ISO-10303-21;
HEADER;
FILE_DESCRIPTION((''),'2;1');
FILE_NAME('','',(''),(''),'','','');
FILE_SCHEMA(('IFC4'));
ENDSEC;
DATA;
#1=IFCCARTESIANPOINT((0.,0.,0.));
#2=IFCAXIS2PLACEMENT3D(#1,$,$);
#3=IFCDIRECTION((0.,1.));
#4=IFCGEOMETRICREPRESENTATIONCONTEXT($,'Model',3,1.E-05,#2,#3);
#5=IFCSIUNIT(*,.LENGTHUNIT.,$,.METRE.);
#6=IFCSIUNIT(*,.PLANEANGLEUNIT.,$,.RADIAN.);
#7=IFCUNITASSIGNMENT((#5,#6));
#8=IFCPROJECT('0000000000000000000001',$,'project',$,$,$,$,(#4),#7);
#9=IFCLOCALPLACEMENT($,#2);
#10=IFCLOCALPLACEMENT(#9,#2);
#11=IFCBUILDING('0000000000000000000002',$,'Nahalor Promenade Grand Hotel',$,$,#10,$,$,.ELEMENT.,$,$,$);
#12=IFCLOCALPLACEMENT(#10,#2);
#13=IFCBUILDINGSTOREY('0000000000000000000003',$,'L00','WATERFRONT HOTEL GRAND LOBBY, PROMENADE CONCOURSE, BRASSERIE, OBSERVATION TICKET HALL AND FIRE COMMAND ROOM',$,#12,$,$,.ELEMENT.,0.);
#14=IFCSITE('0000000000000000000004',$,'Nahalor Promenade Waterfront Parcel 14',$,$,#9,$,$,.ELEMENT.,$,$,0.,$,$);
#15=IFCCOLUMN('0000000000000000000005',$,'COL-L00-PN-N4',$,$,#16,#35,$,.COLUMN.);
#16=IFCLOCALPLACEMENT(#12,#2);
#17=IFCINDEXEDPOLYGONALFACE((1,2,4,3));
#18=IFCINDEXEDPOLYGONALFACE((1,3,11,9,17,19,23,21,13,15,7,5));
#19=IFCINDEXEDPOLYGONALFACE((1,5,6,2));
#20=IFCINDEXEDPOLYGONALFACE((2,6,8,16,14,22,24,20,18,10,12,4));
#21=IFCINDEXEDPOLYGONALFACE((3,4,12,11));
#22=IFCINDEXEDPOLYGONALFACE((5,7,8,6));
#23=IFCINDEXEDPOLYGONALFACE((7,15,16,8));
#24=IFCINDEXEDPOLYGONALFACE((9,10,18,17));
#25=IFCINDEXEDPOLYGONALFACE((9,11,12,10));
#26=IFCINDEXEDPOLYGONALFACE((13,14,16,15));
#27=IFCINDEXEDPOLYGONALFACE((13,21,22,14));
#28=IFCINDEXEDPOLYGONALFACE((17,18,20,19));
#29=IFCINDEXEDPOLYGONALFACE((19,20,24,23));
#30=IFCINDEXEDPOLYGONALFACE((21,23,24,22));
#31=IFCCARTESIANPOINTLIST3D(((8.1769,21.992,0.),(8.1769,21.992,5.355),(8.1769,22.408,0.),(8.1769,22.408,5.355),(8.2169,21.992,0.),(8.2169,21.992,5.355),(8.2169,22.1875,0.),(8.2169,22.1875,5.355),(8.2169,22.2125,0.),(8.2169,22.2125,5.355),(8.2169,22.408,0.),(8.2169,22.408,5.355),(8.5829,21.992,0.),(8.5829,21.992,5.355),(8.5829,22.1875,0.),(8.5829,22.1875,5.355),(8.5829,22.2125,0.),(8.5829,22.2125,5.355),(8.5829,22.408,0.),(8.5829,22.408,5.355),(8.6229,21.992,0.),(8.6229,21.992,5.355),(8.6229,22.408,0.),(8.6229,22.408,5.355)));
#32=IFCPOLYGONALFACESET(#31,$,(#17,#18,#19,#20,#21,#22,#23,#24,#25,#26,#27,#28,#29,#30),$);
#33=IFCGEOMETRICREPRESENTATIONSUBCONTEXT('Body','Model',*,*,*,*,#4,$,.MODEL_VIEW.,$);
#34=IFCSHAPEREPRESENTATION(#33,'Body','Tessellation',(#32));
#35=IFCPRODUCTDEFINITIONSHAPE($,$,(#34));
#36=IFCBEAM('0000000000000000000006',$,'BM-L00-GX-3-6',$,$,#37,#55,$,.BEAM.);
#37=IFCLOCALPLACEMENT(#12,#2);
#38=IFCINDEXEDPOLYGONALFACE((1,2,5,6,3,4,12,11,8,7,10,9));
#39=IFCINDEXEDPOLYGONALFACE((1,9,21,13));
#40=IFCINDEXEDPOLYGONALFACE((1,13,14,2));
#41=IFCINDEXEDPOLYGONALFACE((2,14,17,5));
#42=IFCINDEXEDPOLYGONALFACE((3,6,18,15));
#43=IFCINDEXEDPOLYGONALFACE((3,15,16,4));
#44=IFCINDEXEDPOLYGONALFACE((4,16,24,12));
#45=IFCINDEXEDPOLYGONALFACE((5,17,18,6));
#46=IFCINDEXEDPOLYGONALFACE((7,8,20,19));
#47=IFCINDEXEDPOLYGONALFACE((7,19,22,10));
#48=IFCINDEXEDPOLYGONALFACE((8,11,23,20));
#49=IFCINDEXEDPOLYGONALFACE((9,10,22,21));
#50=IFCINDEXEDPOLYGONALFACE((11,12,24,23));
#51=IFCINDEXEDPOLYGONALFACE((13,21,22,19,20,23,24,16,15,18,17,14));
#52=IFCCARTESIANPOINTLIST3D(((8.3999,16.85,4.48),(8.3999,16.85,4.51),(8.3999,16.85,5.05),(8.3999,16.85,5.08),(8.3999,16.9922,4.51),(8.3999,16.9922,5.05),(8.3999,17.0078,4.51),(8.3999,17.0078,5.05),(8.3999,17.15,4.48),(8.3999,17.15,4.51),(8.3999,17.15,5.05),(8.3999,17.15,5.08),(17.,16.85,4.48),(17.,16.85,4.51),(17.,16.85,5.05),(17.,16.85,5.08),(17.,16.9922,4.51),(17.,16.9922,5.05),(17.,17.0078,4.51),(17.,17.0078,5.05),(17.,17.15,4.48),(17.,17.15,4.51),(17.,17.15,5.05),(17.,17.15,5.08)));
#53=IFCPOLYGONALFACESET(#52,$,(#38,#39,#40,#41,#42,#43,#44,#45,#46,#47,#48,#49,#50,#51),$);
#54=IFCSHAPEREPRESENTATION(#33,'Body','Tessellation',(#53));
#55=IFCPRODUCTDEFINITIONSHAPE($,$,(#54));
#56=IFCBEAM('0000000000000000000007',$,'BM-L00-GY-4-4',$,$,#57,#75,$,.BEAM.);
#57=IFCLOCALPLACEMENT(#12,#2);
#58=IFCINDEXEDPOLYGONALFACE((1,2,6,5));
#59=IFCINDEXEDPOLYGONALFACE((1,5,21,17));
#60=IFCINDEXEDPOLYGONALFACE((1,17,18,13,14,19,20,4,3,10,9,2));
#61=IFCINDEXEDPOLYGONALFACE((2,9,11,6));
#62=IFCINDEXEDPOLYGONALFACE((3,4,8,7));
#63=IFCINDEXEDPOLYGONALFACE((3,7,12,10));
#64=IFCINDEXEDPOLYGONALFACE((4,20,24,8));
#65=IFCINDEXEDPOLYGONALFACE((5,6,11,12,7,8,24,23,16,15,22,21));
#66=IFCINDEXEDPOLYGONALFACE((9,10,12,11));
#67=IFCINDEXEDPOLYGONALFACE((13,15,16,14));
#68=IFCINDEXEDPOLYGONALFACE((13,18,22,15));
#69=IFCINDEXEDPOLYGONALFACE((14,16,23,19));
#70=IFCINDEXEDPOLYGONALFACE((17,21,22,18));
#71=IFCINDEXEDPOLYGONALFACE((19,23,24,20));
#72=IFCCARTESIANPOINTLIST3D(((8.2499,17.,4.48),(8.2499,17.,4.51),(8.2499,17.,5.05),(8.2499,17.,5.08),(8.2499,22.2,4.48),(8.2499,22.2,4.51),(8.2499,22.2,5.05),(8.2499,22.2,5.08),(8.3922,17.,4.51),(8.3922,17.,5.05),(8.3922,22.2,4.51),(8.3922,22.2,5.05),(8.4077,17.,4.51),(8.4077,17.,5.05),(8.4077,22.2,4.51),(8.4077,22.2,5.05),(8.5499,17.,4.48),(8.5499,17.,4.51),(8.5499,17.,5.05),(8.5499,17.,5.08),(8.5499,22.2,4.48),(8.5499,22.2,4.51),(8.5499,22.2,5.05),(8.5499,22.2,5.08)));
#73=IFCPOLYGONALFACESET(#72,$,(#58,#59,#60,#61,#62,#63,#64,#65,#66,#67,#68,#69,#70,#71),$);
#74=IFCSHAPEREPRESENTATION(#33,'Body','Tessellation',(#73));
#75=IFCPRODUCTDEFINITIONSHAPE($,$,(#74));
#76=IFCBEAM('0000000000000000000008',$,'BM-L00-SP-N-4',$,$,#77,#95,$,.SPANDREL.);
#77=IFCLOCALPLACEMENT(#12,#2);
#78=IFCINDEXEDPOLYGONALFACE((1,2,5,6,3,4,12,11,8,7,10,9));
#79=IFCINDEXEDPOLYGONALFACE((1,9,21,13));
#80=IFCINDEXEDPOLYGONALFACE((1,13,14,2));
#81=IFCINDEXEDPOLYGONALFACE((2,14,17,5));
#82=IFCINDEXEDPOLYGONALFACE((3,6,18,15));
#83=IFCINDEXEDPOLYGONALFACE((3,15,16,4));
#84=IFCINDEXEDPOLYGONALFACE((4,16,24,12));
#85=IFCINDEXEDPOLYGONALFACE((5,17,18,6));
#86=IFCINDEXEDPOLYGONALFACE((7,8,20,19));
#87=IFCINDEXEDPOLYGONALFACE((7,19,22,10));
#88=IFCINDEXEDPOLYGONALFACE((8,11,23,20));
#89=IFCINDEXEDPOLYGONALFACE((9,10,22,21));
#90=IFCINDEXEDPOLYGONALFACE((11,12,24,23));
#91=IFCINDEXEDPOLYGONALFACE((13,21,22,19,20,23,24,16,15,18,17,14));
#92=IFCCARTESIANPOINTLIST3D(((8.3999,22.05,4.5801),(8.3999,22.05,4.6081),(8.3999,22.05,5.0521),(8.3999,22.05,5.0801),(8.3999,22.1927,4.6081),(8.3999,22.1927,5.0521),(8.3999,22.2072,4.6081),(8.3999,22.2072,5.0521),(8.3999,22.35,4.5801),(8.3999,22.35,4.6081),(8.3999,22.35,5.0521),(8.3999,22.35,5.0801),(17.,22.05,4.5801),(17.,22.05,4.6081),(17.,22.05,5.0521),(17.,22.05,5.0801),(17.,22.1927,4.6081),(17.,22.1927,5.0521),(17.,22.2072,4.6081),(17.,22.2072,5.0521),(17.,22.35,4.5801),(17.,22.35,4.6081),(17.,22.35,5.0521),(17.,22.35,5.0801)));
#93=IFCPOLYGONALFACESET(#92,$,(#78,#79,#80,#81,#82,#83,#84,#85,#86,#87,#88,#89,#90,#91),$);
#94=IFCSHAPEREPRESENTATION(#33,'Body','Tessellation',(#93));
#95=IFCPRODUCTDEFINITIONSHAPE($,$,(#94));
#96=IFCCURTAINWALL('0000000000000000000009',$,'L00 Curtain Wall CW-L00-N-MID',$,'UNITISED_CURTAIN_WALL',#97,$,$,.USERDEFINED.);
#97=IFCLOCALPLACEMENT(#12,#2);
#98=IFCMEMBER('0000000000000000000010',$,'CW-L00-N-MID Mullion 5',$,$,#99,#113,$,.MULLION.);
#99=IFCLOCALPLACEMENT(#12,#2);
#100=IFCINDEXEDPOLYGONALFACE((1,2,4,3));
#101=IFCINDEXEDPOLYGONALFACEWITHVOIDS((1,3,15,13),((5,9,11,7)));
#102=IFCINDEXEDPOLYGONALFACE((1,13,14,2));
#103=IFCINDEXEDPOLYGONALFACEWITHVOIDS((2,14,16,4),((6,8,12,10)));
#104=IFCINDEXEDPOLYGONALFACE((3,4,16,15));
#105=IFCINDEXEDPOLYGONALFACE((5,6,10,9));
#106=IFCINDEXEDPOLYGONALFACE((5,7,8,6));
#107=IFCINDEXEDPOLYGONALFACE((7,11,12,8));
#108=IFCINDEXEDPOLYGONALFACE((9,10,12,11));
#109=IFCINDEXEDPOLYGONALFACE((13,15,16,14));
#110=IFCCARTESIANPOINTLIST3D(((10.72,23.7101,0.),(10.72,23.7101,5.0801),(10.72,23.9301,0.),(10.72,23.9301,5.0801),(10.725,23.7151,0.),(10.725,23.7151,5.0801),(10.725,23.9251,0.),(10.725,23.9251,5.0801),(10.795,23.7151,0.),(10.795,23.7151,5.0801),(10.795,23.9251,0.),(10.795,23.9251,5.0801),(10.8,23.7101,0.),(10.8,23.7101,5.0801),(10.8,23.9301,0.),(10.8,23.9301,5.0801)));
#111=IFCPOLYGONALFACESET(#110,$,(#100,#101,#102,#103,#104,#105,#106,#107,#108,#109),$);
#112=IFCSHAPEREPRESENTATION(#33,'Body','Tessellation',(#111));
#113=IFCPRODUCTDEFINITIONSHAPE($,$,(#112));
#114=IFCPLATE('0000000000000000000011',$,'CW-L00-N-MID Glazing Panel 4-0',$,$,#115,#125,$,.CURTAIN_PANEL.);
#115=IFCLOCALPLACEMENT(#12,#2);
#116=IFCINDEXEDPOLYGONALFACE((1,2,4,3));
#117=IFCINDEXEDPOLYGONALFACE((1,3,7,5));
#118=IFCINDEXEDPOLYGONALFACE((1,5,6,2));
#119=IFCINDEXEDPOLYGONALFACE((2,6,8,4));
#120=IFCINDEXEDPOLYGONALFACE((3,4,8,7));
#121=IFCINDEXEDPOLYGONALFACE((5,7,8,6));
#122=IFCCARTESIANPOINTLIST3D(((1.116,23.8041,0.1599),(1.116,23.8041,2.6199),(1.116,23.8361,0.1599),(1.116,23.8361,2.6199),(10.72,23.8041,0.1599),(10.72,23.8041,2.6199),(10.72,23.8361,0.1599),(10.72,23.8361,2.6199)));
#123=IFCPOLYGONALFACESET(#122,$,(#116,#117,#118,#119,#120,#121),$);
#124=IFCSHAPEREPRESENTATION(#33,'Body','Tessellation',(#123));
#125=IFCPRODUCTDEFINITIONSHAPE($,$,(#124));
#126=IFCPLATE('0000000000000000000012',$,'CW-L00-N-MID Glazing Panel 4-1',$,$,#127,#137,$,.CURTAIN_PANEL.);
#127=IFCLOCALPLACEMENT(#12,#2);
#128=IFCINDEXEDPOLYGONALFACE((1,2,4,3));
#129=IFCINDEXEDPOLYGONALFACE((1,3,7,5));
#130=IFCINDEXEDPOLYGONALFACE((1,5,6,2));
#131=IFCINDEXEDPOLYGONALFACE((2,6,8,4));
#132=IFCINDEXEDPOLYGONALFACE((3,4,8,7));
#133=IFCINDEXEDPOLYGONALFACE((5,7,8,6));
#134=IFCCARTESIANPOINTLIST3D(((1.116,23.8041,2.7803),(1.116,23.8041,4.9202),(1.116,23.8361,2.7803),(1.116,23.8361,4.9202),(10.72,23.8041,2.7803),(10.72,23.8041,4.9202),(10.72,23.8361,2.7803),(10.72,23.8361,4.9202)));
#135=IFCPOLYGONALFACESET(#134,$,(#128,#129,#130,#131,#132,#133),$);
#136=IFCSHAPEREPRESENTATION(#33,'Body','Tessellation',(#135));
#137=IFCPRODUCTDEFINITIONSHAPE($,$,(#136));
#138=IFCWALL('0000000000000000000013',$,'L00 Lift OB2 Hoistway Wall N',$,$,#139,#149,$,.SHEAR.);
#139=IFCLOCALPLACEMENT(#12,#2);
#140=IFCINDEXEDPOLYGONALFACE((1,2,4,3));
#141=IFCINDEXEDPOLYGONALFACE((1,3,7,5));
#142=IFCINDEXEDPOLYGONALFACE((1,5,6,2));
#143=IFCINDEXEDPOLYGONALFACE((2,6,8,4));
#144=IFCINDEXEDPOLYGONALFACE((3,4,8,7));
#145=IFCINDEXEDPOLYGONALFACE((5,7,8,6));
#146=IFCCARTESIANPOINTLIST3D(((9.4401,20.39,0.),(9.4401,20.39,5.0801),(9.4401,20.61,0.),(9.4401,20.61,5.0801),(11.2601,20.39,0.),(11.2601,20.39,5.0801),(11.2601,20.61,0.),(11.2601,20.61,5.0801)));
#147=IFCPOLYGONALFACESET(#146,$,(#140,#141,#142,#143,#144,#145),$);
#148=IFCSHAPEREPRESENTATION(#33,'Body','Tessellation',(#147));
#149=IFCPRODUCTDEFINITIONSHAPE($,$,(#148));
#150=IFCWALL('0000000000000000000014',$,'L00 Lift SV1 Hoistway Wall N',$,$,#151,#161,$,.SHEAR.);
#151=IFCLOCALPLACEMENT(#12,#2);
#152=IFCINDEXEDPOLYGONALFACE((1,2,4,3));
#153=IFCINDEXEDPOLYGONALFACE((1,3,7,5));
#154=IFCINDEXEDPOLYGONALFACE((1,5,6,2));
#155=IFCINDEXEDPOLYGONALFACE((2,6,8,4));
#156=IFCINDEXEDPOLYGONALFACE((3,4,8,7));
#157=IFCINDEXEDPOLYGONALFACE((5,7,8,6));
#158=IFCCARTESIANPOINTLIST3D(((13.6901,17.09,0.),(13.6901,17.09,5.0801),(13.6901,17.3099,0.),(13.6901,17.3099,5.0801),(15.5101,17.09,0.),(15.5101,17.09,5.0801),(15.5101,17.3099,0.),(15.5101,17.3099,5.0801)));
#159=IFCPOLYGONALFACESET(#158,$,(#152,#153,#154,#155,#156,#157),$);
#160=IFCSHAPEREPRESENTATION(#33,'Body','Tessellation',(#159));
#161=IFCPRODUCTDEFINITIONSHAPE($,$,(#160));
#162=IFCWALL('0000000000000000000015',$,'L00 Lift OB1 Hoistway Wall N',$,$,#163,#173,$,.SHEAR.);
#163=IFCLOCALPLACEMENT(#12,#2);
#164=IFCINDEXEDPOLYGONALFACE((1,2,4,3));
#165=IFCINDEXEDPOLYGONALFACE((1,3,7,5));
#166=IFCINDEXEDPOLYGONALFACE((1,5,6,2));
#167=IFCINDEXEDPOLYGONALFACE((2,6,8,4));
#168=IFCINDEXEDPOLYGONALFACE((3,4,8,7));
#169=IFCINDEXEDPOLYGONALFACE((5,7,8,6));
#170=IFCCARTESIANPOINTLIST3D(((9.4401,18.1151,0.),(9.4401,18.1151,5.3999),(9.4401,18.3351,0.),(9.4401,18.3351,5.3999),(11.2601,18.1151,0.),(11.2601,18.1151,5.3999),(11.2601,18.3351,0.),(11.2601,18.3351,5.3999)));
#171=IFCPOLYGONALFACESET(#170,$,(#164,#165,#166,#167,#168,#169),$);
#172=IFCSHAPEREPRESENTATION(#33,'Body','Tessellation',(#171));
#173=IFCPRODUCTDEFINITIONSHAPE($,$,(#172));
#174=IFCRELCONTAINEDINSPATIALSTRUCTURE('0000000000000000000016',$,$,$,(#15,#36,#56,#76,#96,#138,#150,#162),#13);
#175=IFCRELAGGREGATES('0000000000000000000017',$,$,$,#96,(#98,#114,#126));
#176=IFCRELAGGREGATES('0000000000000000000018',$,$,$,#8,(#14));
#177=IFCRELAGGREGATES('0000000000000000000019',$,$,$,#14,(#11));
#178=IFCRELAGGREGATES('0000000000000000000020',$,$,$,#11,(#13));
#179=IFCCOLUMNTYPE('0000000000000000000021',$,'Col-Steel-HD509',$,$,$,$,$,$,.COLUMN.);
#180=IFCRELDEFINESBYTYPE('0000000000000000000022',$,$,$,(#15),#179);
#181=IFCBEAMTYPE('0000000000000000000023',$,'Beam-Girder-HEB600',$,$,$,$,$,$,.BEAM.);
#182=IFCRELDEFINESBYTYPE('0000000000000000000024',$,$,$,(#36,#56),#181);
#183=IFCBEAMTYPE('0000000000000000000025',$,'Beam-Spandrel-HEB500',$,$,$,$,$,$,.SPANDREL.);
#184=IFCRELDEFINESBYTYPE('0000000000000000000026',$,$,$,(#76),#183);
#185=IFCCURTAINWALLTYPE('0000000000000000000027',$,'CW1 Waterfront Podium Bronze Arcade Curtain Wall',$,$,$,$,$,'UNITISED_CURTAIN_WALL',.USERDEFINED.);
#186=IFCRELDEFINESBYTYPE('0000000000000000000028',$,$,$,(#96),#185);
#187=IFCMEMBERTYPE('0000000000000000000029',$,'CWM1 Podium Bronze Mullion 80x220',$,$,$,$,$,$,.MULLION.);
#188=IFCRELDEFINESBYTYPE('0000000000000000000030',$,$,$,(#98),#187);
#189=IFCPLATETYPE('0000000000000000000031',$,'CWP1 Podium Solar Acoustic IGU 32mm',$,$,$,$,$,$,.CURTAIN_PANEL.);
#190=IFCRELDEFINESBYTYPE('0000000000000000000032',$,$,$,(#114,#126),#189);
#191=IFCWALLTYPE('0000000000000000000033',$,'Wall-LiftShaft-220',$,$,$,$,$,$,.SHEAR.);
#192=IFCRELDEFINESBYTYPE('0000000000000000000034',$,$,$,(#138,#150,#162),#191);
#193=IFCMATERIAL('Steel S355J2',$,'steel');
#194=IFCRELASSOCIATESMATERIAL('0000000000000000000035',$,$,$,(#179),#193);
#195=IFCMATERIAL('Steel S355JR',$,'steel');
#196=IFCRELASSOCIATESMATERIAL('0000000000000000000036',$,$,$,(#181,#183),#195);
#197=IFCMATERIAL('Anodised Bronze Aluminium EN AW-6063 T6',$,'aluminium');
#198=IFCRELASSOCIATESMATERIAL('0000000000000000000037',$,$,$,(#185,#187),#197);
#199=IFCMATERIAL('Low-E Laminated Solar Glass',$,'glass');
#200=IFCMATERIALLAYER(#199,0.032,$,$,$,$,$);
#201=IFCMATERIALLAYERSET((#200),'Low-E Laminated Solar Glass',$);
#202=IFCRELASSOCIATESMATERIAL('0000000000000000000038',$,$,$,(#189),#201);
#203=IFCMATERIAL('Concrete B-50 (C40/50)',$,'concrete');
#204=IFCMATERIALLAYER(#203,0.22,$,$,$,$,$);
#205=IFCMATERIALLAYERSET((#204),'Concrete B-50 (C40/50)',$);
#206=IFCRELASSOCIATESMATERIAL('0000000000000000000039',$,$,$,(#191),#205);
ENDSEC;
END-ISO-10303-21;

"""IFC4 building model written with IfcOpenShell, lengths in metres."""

from ifc_helpers import new_model, si_unit, direction, frame, frame_2d, origin, origin_2d, place, context, subcontext, project, spatial, rectangle, hollow_rectangle, i_section, extrude, source, transform, mapped, material, layer, layer_set, material_profile, profile_set, type_object, element, aggregate, save


model = new_model("IFC4")

# Units and contexts
model_context = context("Model", 3, precision=1e-05, world=origin(), true_north=direction((0.0, 1.0)))
body_context = subcontext(model_context, "Body", "Model", "MODEL_VIEW")
ifc_project = project(units=[si_unit("LENGTHUNIT", "METRE"), si_unit("PLANEANGLEUNIT", "RADIAN")], contexts=[model_context])

# Site, building, storey
site_placement = place(None, origin())
site = spatial("IfcSite", under=ifc_project, at=site_placement, Name="Nahalor Promenade Waterfront Parcel 14", CompositionType="ELEMENT", RefElevation=0.0)
building_placement = place(site_placement, origin())
building = spatial("IfcBuilding", under=site, at=building_placement, Name="Nahalor Promenade Grand Hotel", CompositionType="ELEMENT")
storey_placement = place(building_placement, origin())
storey = spatial("IfcBuildingStorey", under=building, at=storey_placement, Name="L00", Description="WATERFRONT HOTEL GRAND LOBBY, PROMENADE CONCOURSE, BRASSERIE, OBSERVATION TICKET HALL AND FIRE COMMAND ROOM", CompositionType="ELEMENT", Elevation=0.0)

# Column
ifc_material_1 = material(Name="Steel S355J2", Category="steel")
ifc_material_profile_1 = material_profile(ifc_material_1, i_section(OverallWidth=0.416, OverallDepth=0.446, WebThickness=0.025, FlangeThickness=0.04, at=origin_2d()), Name="HD 400x509")
ifc_profile_set_1 = profile_set([ifc_material_profile_1], Name="Steel S355J2")
column_type = type_object("IfcColumnType", Name="Col-Steel-HD509", PredefinedType="COLUMN", material=ifc_profile_set_1)
shared_shape_1 = source(origin(), body_context, "Body", "SweptSolid", [
    extrude(i_section(OverallWidth=0.416, OverallDepth=0.446, WebThickness=0.025, FlangeThickness=0.04, at=origin_2d()), origin(), (0.0, 0.0, 1.0), 5.355),
])
column_placement = place(storey_placement, frame((8.3999, 22.2, 0.0), z_axis=(0.0, 0.0, 1.0), x_axis=(0.0, 1.0, 0.0)))
element("IfcColumn", 1, at=column_placement, inside=storey, type_object=column_type, Name="COL-L00-PN-N4", PredefinedType="COLUMN", context=body_context, shape_type="MappedRepresentation", body=[
    mapped(shared_shape_1, transform((0.0, 0.0, 0.0), scale=1.0)),
])

# Beams
ifc_material_2 = material(Name="Steel S355JR", Category="steel")
ifc_material_profile_2 = material_profile(ifc_material_2, i_section(OverallWidth=0.3, OverallDepth=0.6, WebThickness=0.0155, FlangeThickness=0.03, at=origin_2d()), Name="HEB 600")
ifc_profile_set_2 = profile_set([ifc_material_profile_2], Name="Steel S355JR")
beam_type_1 = type_object("IfcBeamType", Name="Beam-Girder-HEB600", PredefinedType="BEAM", material=ifc_profile_set_2)
shared_shape_2 = source(origin(), body_context, "Body", "SweptSolid", [
    extrude(i_section(OverallWidth=0.3, OverallDepth=0.6, WebThickness=0.0155, FlangeThickness=0.03, at=origin_2d()), origin(), (0.0, 0.0, 1.0), 8.6001),
])
beam_1_placement = place(storey_placement, frame((8.3999, 17.0, 4.78), z_axis=(1.0, 0.0, 0.0), x_axis=(0.0, 1.0, 0.0)))
element("IfcBeam", 2, at=beam_1_placement, inside=storey, type_object=beam_type_1, Name="BM-L00-GX-3-6", PredefinedType="BEAM", context=body_context, shape_type="MappedRepresentation", body=[
    mapped(shared_shape_2, transform((0.0, 0.0, 0.0), scale=1.0)),
])
shared_shape_3 = source(origin(), body_context, "Body", "SweptSolid", [
    extrude(i_section(OverallWidth=0.3, OverallDepth=0.6, WebThickness=0.0155, FlangeThickness=0.03, at=origin_2d()), origin(), (0.0, 0.0, 1.0), 5.2),
])
beam_2_placement = place(storey_placement, frame((8.3999, 17.0, 4.78), z_axis=(0.0, 1.0, 0.0), x_axis=(-1.0, 0.0, 0.0)))
element("IfcBeam", 3, at=beam_2_placement, inside=storey, type_object=beam_type_1, Name="BM-L00-GY-4-4", PredefinedType="BEAM", context=body_context, shape_type="MappedRepresentation", body=[
    mapped(shared_shape_3, transform((0.0, 0.0, 0.0), scale=1.0)),
])
ifc_material_profile_3 = material_profile(ifc_material_2, i_section(OverallWidth=0.3, OverallDepth=0.5, WebThickness=0.0145, FlangeThickness=0.028, at=origin_2d()), Name="HEB 500")
ifc_profile_set_3 = profile_set([ifc_material_profile_3], Name="Steel S355JR")
beam_type_2 = type_object("IfcBeamType", Name="Beam-Spandrel-HEB500", PredefinedType="SPANDREL", material=ifc_profile_set_3)
shared_shape_4 = source(origin(), body_context, "Body", "SweptSolid", [
    extrude(i_section(OverallWidth=0.3, OverallDepth=0.5, WebThickness=0.0145, FlangeThickness=0.028, at=origin_2d()), origin(), (0.0, 0.0, 1.0), 8.6001),
])
beam_3_placement = place(storey_placement, frame((8.3999, 22.2, 4.8301), z_axis=(1.0, 0.0, 0.0), x_axis=(0.0, 1.0, 0.0)))
element("IfcBeam", 4, at=beam_3_placement, inside=storey, type_object=beam_type_2, Name="BM-L00-SP-N-4", PredefinedType="SPANDREL", context=body_context, shape_type="MappedRepresentation", body=[
    mapped(shared_shape_4, transform((0.0, 0.0, 0.0), scale=1.0)),
])

# Curtain wall, member, plates
ifc_material_3 = material(Name="Anodised Bronze Aluminium EN AW-6063 T6", Category="aluminium")
curtain_wall_type = type_object("IfcCurtainWallType", Name="CW1 Waterfront Podium Bronze Arcade Curtain Wall", ElementType="UNITISED_CURTAIN_WALL", PredefinedType="USERDEFINED", material=ifc_material_3)
curtain_wall_placement = place(storey_placement, origin())
curtain_wall = element("IfcCurtainWall", 5, at=curtain_wall_placement, inside=storey, type_object=curtain_wall_type, Name="L00 Curtain Wall CW-L00-N-MID", ObjectType="UNITISED_CURTAIN_WALL", PredefinedType="USERDEFINED")
ifc_material_profile_4 = material_profile(ifc_material_3, hollow_rectangle(XDim=0.08, YDim=0.22, WallThickness=0.005, at=origin_2d()), Name="CWM 80x220x5")
ifc_profile_set_4 = profile_set([ifc_material_profile_4], Name="Anodised Bronze Aluminium EN AW-6063 T6")
member_type = type_object("IfcMemberType", Name="CWM1 Podium Bronze Mullion 80x220", PredefinedType="MULLION", material=ifc_profile_set_4)
shared_shape_5 = source(origin(), body_context, "Body", "SweptSolid", [
    extrude(hollow_rectangle(XDim=0.08, YDim=0.22, WallThickness=0.005, at=origin_2d()), origin(), (0.0, 0.0, 1.0), 5.0801),
])
member_placement = place(storey_placement, frame((10.76, 23.8201, 0.0), z_axis=(0.0, 0.0, 1.0), x_axis=(1.0, 0.0, 0.0)))
member = element("IfcMember", 6, at=member_placement, type_object=member_type, Name="CW-L00-N-MID Mullion 5", PredefinedType="MULLION", context=body_context, shape_type="MappedRepresentation", body=[
    mapped(shared_shape_5, transform((0.0, 0.0, 0.0), scale=1.0)),
])
ifc_material_4 = material(Name="Low-E Laminated Solar Glass", Category="glass")
ifc_layer_1 = layer(ifc_material_4, 0.032)
ifc_layer_set_1 = layer_set([ifc_layer_1], Name="Low-E Laminated Solar Glass")
plate_type = type_object("IfcPlateType", Name="CWP1 Podium Solar Acoustic IGU 32mm", PredefinedType="CURTAIN_PANEL", material=ifc_layer_set_1)
shared_shape_6 = source(origin(), body_context, "Body", "SweptSolid", [
    extrude(rectangle(XDim=9.604, YDim=0.032, at=origin_2d()), origin(), (0.0, 0.0, 1.0), 2.46),
])
plate_1_placement = place(storey_placement, frame((5.918, 23.8201, 0.1599), z_axis=(0.0, 0.0, 1.0), x_axis=(1.0, 0.0, 0.0)))
plate_1 = element("IfcPlate", 7, at=plate_1_placement, type_object=plate_type, Name="CW-L00-N-MID Glazing Panel 4-0", PredefinedType="CURTAIN_PANEL", context=body_context, shape_type="MappedRepresentation", body=[
    mapped(shared_shape_6, transform((0.0, 0.0, 0.0), scale=1.0)),
])
shared_shape_7 = source(origin(), body_context, "Body", "SweptSolid", [
    extrude(rectangle(XDim=9.604, YDim=0.032, at=origin_2d()), origin(), (0.0, 0.0, 1.0), 2.1399),
])
plate_2_placement = place(storey_placement, frame((5.918, 23.8201, 2.7803), z_axis=(0.0, 0.0, 1.0), x_axis=(1.0, 0.0, 0.0)))
plate_2 = element("IfcPlate", 8, at=plate_2_placement, type_object=plate_type, Name="CW-L00-N-MID Glazing Panel 4-1", PredefinedType="CURTAIN_PANEL", context=body_context, shape_type="MappedRepresentation", body=[
    mapped(shared_shape_7, transform((0.0, 0.0, 0.0), scale=1.0)),
])
aggregate(curtain_wall, [member, plate_1, plate_2])

# Walls
ifc_material_5 = material(Name="Concrete B-50 (C40/50)", Category="concrete")
ifc_layer_2 = layer(ifc_material_5, 0.22)
ifc_layer_set_2 = layer_set([ifc_layer_2], Name="Concrete B-50 (C40/50)")
wall_type_1 = type_object("IfcWallType", Name="Wall-LiftShaft-220", PredefinedType="SHEAR", material=ifc_layer_set_2)
shared_shape_8 = source(origin(), body_context, "Body", "SweptSolid", [
    extrude(rectangle(XDim=1.8201, YDim=0.22, at=frame_2d((0.9102, 0.0))), origin(), (0.0, 0.0, 1.0), 5.0801),
])
for number, where, z_axis, x_axis, name in (
    (9, (9.4399, 20.5, 0.0), (0.0, 0.0, 1.0), (1.0, 0.0, 0.0), "L00 Lift OB2 Hoistway Wall N"),
    (10, (13.6899, 17.2, 0.0), (0.0, 0.0, 1.0), (1.0, 0.0, 0.0), "L00 Lift SV1 Hoistway Wall N"),
):
    element("IfcWall", number, at=place(storey_placement, frame(where, z_axis=z_axis, x_axis=x_axis)), inside=storey, type_object=wall_type_1, Name=name, PredefinedType="SHEAR", context=body_context, shape_type="MappedRepresentation", body=[
        mapped(shared_shape_8, transform((0.0, 0.0, 0.0), scale=1.0)),
    ])
shared_shape_9 = source(origin(), body_context, "Body", "SweptSolid", [
    extrude(rectangle(XDim=1.8201, YDim=0.22, at=frame_2d((0.9102, 0.0))), origin(), (0.0, 0.0, 1.0), 5.3999),
])
wall_1_placement = place(storey_placement, frame((9.4399, 18.2251, 0.0), z_axis=(0.0, 0.0, 1.0), x_axis=(1.0, 0.0, 0.0)))
element("IfcWall", 11, at=wall_1_placement, inside=storey, type_object=wall_type_1, Name="L00 Lift OB1 Hoistway Wall N", PredefinedType="SHEAR", context=body_context, shape_type="MappedRepresentation", body=[
    mapped(shared_shape_9, transform((0.0, 0.0, 0.0), scale=1.0)),
])

save(model, "model.ifc")
